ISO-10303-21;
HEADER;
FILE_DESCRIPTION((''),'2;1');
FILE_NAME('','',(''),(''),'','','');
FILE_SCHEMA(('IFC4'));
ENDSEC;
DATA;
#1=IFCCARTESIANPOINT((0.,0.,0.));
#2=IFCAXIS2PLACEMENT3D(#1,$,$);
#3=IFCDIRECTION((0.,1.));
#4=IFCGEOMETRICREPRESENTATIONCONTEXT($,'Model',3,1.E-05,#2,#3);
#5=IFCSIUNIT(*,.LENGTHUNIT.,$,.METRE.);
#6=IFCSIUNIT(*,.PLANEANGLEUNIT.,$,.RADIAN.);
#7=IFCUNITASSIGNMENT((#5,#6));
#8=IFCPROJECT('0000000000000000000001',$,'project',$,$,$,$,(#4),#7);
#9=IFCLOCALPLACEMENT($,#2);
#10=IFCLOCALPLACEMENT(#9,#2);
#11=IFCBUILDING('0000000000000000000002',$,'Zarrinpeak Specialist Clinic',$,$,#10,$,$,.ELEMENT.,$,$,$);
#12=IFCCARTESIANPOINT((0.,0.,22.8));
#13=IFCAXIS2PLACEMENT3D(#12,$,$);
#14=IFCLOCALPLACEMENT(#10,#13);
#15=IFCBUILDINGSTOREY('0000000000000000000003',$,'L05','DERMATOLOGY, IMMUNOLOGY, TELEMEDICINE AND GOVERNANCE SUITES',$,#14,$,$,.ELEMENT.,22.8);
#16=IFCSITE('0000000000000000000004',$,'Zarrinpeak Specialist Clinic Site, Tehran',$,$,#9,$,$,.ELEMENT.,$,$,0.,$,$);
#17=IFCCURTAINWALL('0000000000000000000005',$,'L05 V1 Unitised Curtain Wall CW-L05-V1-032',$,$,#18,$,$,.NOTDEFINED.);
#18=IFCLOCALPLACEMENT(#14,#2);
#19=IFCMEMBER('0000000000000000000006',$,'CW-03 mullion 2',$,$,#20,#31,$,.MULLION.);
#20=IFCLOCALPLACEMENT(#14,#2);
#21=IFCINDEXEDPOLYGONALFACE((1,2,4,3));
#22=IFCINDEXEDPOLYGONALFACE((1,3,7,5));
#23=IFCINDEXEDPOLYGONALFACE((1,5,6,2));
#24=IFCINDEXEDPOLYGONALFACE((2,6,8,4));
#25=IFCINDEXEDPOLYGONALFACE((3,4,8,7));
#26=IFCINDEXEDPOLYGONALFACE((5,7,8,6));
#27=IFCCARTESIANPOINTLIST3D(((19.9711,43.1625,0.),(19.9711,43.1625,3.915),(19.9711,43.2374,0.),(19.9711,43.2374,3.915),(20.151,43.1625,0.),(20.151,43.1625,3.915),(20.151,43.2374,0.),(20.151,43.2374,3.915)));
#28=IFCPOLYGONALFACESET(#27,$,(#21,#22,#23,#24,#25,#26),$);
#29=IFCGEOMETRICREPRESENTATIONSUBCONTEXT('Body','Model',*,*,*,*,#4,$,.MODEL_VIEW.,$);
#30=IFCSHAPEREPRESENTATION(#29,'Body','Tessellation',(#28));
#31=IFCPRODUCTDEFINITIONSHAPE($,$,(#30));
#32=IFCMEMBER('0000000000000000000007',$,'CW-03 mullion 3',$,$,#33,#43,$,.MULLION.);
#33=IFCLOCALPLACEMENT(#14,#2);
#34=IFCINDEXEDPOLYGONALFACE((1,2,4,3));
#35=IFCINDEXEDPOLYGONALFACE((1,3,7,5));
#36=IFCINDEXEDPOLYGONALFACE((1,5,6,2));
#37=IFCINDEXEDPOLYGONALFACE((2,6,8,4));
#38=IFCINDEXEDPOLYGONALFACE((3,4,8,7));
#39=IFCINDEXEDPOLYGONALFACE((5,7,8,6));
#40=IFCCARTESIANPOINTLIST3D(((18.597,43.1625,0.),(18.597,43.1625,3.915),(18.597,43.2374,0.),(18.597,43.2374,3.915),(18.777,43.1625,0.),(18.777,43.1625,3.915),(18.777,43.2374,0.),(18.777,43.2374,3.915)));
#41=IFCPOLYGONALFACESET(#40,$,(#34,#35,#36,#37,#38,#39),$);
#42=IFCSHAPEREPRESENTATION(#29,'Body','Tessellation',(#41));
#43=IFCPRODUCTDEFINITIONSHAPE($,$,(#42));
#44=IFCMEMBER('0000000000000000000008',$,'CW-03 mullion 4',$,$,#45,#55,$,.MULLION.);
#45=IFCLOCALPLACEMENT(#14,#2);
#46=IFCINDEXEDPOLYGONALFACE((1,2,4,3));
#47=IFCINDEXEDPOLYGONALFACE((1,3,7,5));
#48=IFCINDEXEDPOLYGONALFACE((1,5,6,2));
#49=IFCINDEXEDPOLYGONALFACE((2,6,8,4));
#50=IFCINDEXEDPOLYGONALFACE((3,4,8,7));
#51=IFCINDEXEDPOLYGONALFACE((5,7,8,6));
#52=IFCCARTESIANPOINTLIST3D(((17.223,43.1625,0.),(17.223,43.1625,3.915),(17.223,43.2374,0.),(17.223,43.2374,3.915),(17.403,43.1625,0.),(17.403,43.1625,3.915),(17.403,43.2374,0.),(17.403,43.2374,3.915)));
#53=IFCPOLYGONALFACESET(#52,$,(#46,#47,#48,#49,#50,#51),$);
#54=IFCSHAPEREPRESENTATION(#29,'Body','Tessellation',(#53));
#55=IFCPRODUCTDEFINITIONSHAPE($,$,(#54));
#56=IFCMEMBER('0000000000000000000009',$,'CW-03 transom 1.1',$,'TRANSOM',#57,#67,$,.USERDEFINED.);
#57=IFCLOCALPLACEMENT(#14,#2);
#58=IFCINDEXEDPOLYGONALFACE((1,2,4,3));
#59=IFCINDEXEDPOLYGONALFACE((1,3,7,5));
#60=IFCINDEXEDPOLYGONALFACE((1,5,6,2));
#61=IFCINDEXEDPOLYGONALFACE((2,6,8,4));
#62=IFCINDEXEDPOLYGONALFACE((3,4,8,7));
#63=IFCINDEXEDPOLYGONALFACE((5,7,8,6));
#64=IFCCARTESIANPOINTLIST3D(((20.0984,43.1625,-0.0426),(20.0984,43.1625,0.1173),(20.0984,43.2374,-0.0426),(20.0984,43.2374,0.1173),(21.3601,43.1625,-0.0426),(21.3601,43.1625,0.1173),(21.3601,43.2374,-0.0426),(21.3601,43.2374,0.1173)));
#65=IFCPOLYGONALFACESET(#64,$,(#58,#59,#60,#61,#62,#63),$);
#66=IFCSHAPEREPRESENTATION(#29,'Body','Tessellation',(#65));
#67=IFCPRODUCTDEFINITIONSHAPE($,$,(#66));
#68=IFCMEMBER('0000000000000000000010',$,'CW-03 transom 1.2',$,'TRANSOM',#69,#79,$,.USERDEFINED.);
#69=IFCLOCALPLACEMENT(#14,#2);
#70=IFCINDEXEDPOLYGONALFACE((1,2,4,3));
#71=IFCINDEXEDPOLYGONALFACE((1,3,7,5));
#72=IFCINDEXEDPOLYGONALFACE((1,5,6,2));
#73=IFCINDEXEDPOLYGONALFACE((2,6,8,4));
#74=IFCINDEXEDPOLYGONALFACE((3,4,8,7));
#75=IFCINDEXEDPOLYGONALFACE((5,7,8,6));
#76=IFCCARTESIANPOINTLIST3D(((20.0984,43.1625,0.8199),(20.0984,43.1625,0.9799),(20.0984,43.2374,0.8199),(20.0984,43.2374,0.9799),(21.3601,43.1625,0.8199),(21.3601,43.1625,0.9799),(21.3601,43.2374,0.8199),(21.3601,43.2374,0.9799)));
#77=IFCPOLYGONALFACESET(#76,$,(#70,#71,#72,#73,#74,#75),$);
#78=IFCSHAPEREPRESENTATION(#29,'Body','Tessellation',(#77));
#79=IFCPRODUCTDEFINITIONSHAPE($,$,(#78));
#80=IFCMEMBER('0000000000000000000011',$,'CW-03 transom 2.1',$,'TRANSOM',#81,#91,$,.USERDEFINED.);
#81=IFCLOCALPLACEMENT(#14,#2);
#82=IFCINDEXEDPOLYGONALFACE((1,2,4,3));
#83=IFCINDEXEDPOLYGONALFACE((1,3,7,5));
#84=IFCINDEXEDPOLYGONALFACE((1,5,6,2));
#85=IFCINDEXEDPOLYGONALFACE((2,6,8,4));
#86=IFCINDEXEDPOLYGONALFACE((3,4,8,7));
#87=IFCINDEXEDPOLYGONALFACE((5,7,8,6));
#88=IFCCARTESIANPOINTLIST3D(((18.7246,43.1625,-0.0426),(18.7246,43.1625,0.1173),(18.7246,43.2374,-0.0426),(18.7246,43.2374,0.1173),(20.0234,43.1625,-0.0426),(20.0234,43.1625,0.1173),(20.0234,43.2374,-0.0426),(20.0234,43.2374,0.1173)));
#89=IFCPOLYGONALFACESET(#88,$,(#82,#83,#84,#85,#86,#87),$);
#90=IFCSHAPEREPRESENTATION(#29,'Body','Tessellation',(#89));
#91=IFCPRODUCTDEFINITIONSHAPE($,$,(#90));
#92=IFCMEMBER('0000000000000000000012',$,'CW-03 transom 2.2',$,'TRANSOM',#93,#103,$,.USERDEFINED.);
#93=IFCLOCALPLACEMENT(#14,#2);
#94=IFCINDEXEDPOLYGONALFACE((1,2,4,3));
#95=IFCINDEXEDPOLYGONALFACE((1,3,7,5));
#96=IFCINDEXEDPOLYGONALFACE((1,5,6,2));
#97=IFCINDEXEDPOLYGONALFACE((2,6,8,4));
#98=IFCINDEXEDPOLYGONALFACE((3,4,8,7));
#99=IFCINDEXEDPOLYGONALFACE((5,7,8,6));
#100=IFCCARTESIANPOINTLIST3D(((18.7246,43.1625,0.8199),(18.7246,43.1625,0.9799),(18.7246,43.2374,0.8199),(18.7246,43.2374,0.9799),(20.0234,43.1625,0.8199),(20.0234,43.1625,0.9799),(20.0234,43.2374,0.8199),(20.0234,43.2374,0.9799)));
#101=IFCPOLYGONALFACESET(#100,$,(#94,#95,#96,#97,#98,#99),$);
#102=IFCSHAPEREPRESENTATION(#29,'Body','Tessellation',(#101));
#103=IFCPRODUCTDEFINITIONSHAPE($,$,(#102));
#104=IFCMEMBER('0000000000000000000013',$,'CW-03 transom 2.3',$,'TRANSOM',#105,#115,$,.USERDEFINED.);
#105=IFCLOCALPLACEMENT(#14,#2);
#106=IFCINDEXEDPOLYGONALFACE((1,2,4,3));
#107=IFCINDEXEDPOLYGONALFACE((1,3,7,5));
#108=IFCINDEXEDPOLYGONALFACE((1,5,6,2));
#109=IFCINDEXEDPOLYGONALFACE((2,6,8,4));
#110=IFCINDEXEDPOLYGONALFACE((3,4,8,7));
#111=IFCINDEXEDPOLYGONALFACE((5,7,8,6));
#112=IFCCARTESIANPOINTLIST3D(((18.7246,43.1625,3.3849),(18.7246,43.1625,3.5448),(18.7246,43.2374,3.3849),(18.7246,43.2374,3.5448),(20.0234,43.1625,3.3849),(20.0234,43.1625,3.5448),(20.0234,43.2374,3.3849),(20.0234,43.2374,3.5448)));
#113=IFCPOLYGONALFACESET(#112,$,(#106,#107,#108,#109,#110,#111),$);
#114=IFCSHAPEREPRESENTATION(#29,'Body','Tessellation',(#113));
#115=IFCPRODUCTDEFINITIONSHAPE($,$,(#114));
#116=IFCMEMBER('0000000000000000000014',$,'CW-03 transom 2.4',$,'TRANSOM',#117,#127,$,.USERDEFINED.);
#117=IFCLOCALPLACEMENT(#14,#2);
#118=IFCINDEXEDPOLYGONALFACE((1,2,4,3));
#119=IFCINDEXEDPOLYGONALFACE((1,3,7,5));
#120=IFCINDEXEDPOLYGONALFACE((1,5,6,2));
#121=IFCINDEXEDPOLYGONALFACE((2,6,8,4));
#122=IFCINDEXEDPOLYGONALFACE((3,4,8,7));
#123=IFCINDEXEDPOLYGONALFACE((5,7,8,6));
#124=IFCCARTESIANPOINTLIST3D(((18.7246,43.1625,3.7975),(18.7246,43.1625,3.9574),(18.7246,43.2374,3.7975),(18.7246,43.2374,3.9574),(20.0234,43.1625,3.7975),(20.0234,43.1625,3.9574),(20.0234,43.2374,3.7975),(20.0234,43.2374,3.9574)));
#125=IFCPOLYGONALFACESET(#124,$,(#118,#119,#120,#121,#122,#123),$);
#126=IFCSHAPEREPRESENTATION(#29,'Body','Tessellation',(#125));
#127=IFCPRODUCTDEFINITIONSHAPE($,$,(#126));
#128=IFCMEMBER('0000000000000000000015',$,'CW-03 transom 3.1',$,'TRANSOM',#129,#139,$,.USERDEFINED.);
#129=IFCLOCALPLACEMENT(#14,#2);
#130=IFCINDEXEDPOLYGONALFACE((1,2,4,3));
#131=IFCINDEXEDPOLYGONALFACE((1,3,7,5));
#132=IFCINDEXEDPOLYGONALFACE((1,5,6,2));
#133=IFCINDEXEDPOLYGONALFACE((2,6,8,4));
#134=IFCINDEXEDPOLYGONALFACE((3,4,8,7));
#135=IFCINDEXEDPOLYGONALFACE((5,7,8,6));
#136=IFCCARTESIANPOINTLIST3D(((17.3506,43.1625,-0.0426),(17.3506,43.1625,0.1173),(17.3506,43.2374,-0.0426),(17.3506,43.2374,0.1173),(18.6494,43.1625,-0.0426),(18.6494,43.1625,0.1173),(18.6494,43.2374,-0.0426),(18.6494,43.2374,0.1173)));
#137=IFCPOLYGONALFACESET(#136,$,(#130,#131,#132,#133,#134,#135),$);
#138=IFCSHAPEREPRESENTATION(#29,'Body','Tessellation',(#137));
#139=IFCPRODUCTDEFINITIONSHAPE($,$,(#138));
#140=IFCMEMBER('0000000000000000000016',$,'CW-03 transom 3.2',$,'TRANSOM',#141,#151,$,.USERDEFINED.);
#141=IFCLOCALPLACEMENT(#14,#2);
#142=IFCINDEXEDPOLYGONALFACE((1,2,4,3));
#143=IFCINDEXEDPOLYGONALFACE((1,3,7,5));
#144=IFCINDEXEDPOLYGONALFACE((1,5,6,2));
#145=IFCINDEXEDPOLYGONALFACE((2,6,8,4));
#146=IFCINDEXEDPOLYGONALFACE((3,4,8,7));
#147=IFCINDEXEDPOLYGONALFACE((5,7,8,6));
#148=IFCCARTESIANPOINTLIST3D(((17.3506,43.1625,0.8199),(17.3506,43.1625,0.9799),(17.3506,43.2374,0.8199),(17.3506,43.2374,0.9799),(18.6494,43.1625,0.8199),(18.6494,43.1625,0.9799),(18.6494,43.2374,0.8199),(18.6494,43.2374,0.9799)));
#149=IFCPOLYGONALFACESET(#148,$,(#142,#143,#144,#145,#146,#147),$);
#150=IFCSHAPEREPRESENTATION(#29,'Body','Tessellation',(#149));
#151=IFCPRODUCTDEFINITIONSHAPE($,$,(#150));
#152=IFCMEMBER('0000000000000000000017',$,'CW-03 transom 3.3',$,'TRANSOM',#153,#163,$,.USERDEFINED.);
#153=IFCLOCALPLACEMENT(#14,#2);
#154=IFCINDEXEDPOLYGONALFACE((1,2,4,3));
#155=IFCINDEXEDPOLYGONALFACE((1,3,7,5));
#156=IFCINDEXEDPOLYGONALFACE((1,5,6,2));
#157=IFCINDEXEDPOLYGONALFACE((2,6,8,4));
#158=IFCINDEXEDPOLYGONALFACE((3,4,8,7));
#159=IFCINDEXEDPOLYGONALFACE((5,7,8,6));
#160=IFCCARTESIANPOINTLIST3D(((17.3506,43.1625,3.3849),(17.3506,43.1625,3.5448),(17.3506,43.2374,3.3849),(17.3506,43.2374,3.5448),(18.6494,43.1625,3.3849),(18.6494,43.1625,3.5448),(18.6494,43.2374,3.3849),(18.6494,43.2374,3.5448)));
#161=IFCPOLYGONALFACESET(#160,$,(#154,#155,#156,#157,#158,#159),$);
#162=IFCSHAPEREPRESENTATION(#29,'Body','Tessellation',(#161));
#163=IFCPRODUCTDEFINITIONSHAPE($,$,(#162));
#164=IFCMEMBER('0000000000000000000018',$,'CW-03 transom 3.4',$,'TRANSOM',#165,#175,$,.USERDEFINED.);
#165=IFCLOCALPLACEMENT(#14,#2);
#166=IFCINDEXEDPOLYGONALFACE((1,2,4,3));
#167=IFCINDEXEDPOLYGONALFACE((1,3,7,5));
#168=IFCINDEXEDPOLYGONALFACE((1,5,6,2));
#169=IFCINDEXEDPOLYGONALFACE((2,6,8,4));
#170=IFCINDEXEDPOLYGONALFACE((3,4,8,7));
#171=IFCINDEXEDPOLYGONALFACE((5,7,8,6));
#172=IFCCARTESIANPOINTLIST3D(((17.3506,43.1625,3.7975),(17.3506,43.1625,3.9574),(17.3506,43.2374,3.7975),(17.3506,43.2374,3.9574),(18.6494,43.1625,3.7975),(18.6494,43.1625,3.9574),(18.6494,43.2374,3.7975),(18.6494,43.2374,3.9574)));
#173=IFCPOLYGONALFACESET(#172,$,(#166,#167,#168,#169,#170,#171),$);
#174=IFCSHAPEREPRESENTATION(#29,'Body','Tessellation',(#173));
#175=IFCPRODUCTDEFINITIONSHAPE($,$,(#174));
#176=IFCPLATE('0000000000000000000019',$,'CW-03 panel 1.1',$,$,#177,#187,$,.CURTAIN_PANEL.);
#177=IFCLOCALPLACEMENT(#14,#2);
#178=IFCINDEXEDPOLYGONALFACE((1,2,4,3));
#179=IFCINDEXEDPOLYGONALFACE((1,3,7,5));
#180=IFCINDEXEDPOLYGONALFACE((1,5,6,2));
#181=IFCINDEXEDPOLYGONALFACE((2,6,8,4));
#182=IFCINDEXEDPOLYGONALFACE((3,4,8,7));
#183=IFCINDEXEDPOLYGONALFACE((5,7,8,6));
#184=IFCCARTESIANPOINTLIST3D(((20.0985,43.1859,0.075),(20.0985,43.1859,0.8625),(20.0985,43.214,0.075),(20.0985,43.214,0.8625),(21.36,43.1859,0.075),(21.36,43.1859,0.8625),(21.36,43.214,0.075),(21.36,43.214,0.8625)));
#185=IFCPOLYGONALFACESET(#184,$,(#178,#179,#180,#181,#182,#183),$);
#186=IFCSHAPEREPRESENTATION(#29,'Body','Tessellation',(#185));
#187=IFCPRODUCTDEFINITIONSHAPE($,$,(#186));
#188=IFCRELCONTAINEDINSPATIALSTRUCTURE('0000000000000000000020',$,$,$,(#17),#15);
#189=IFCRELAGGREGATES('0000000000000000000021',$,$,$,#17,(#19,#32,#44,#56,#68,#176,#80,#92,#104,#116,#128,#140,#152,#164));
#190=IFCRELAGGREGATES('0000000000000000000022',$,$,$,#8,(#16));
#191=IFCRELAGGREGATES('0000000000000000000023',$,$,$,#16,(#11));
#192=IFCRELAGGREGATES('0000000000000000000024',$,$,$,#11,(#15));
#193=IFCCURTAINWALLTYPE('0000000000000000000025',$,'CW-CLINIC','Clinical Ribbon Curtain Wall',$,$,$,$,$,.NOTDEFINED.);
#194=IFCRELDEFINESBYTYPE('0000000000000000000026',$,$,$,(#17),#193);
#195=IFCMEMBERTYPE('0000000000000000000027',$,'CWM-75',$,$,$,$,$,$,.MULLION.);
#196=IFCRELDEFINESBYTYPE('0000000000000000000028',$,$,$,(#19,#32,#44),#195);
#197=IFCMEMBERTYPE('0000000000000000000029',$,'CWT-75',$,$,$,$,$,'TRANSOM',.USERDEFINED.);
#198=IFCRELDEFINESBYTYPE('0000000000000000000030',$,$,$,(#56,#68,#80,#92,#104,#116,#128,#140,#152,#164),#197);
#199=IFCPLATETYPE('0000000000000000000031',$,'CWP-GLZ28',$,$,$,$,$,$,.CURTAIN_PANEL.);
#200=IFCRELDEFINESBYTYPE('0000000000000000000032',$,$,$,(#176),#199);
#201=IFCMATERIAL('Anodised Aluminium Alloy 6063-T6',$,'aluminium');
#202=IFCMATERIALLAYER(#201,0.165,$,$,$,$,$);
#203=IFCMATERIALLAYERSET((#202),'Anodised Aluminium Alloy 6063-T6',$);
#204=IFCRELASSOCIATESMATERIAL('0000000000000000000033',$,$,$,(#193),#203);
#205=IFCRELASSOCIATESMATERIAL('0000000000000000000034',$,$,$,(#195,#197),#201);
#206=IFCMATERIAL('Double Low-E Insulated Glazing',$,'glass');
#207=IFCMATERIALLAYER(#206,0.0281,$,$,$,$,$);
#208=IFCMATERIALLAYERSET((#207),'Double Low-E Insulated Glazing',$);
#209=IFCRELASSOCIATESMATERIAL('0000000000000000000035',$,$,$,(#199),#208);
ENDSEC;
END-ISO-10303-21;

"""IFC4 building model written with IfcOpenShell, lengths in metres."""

from ifc_helpers import new_model, si_unit, direction, frame, origin, origin_2d, place, context, subcontext, project, spatial, rectangle, extrude, material, layer, layer_set, material_profile, profile_set, type_object, element, aggregate, save


model = new_model("IFC4")

# Units and contexts
model_context = context("Model", 3, precision=1e-05, world=origin(), true_north=direction((0.0, 1.0)))
body_context = subcontext(model_context, "Body", "Model", "MODEL_VIEW")
ifc_project = project(units=[si_unit("LENGTHUNIT", "METRE"), si_unit("PLANEANGLEUNIT", "RADIAN")], contexts=[model_context])

# Site, building, storey
site_placement = place(None, origin())
site = spatial("IfcSite", under=ifc_project, at=site_placement, Name="Zarrinpeak Specialist Clinic Site, Tehran", CompositionType="ELEMENT", RefElevation=0.0)
building_placement = place(site_placement, origin())
building = spatial("IfcBuilding", under=site, at=building_placement, Name="Zarrinpeak Specialist Clinic", CompositionType="ELEMENT")
storey_placement = place(building_placement, frame((0.0, 0.0, 22.8)))
storey = spatial("IfcBuildingStorey", under=building, at=storey_placement, Name="L05", Description="DERMATOLOGY, IMMUNOLOGY, TELEMEDICINE AND GOVERNANCE SUITES", CompositionType="ELEMENT", Elevation=22.8)

# Curtain wall, members, plate
ifc_material_1 = material(Name="Anodised Aluminium Alloy 6063-T6", Category="aluminium")
ifc_layer_1 = layer(ifc_material_1, 0.165)
ifc_layer_set_1 = layer_set([ifc_layer_1], Name="Anodised Aluminium Alloy 6063-T6")
curtain_wall_type = type_object("IfcCurtainWallType", Name="CW-CLINIC", Description="Clinical Ribbon Curtain Wall", PredefinedType="NOTDEFINED", material=ifc_layer_set_1)
curtain_wall_placement = place(storey_placement, origin())
curtain_wall = element("IfcCurtainWall", 1, at=curtain_wall_placement, inside=storey, type_object=curtain_wall_type, Name="L05 V1 Unitised Curtain Wall CW-L05-V1-032", PredefinedType="NOTDEFINED")
ifc_material_profile_1 = material_profile(ifc_material_1, rectangle(XDim=0.075, YDim=0.1799, at=origin_2d()), Name="ALU 75x180")
ifc_profile_set_1 = profile_set([ifc_material_profile_1], Name="Anodised Aluminium Alloy 6063-T6")
member_type_1 = type_object("IfcMemberType", Name="CWM-75", PredefinedType="MULLION", material=ifc_profile_set_1)
member_1_placement = place(storey_placement, frame((20.061, 43.2, 0.0), z_axis=(0.0, 0.0, 1.0), x_axis=(0.0, -1.0, 0.0)))
member_1 = element("IfcMember", 2, at=member_1_placement, type_object=member_type_1, Name="CW-03 mullion 2", PredefinedType="MULLION", context=body_context, shape_type="SweptSolid", body=[
    extrude(rectangle(XDim=0.075, YDim=0.1799, at=origin_2d()), origin(), (0.0, 0.0, 1.0), 3.915),
])
member_2_placement = place(storey_placement, frame((18.687, 43.2, 0.0), z_axis=(0.0, 0.0, 1.0), x_axis=(0.0, -1.0, 0.0)))
member_2 = element("IfcMember", 3, at=member_2_placement, type_object=member_type_1, Name="CW-03 mullion 3", PredefinedType="MULLION", context=body_context, shape_type="SweptSolid", body=[
    extrude(rectangle(XDim=0.075, YDim=0.1799, at=origin_2d()), origin(), (0.0, 0.0, 1.0), 3.915),
])
member_3_placement = place(storey_placement, frame((17.313, 43.2, 0.0), z_axis=(0.0, 0.0, 1.0), x_axis=(0.0, -1.0, 0.0)))
member_3 = element("IfcMember", 4, at=member_3_placement, type_object=member_type_1, Name="CW-03 mullion 4", PredefinedType="MULLION", context=body_context, shape_type="SweptSolid", body=[
    extrude(rectangle(XDim=0.075, YDim=0.1799, at=origin_2d()), origin(), (0.0, 0.0, 1.0), 3.915),
])
ifc_material_profile_2 = material_profile(ifc_material_1, rectangle(XDim=0.075, YDim=0.1599, at=origin_2d()), Name="ALU 75x160")
ifc_profile_set_2 = profile_set([ifc_material_profile_2], Name="Anodised Aluminium Alloy 6063-T6")
member_type_2 = type_object("IfcMemberType", Name="CWT-75", ElementType="TRANSOM", PredefinedType="USERDEFINED", material=ifc_profile_set_2)
member_4_placement = place(storey_placement, frame((21.3601, 43.2, 0.0374), z_axis=(-1.0, 0.0, 0.0), x_axis=(0.0, -1.0, 0.0)))
member_4 = element("IfcMember", 5, at=member_4_placement, type_object=member_type_2, Name="CW-03 transom 1.1", ObjectType="TRANSOM", PredefinedType="USERDEFINED", context=body_context, shape_type="SweptSolid", body=[
    extrude(rectangle(XDim=0.075, YDim=0.1599, at=origin_2d()), origin(), (0.0, 0.0, 1.0), 1.2617),
])
member_5_placement = place(storey_placement, frame((21.3601, 43.2, 0.8999), z_axis=(-1.0, 0.0, 0.0), x_axis=(0.0, -1.0, 0.0)))
member_5 = element("IfcMember", 6, at=member_5_placement, type_object=member_type_2, Name="CW-03 transom 1.2", ObjectType="TRANSOM", PredefinedType="USERDEFINED", context=body_context, shape_type="SweptSolid", body=[
    extrude(rectangle(XDim=0.075, YDim=0.1599, at=origin_2d()), origin(), (0.0, 0.0, 1.0), 1.2617),
])
member_6_placement = place(storey_placement, frame((20.0234, 43.2, 0.0374), z_axis=(-1.0, 0.0, 0.0), x_axis=(0.0, -1.0, 0.0)))
member_6 = element("IfcMember", 7, at=member_6_placement, type_object=member_type_2, Name="CW-03 transom 2.1", ObjectType="TRANSOM", PredefinedType="USERDEFINED", context=body_context, shape_type="SweptSolid", body=[
    extrude(rectangle(XDim=0.075, YDim=0.1599, at=origin_2d()), origin(), (0.0, 0.0, 1.0), 1.2988),
])
member_7_placement = place(storey_placement, frame((20.0234, 43.2, 0.8999), z_axis=(-1.0, 0.0, 0.0), x_axis=(0.0, -1.0, 0.0)))
member_7 = element("IfcMember", 8, at=member_7_placement, type_object=member_type_2, Name="CW-03 transom 2.2", ObjectType="TRANSOM", PredefinedType="USERDEFINED", context=body_context, shape_type="SweptSolid", body=[
    extrude(rectangle(XDim=0.075, YDim=0.1599, at=origin_2d()), origin(), (0.0, 0.0, 1.0), 1.2988),
])
member_8_placement = place(storey_placement, frame((20.0234, 43.2, 3.4648), z_axis=(-1.0, 0.0, 0.0), x_axis=(0.0, -1.0, 0.0)))
member_8 = element("IfcMember", 9, at=member_8_placement, type_object=member_type_2, Name="CW-03 transom 2.3", ObjectType="TRANSOM", PredefinedType="USERDEFINED", context=body_context, shape_type="SweptSolid", body=[
    extrude(rectangle(XDim=0.075, YDim=0.1599, at=origin_2d()), origin(), (0.0, 0.0, 1.0), 1.2988),
])
member_9_placement = place(storey_placement, frame((20.0234, 43.2, 3.8774), z_axis=(-1.0, 0.0, 0.0), x_axis=(0.0, -1.0, 0.0)))
member_9 = element("IfcMember", 10, at=member_9_placement, type_object=member_type_2, Name="CW-03 transom 2.4", ObjectType="TRANSOM", PredefinedType="USERDEFINED", context=body_context, shape_type="SweptSolid", body=[
    extrude(rectangle(XDim=0.075, YDim=0.1599, at=origin_2d()), origin(), (0.0, 0.0, 1.0), 1.2988),
])
member_10_placement = place(storey_placement, frame((18.6494, 43.2, 0.0374), z_axis=(-1.0, 0.0, 0.0), x_axis=(0.0, -1.0, 0.0)))
member_10 = element("IfcMember", 11, at=member_10_placement, type_object=member_type_2, Name="CW-03 transom 3.1", ObjectType="TRANSOM", PredefinedType="USERDEFINED", context=body_context, shape_type="SweptSolid", body=[
    extrude(rectangle(XDim=0.075, YDim=0.1599, at=origin_2d()), origin(), (0.0, 0.0, 1.0), 1.2988),
])
member_11_placement = place(storey_placement, frame((18.6494, 43.2, 0.8999), z_axis=(-1.0, 0.0, 0.0), x_axis=(0.0, -1.0, 0.0)))
member_11 = element("IfcMember", 12, at=member_11_placement, type_object=member_type_2, Name="CW-03 transom 3.2", ObjectType="TRANSOM", PredefinedType="USERDEFINED", context=body_context, shape_type="SweptSolid", body=[
    extrude(rectangle(XDim=0.075, YDim=0.1599, at=origin_2d()), origin(), (0.0, 0.0, 1.0), 1.2988),
])
member_12_placement = place(storey_placement, frame((18.6494, 43.2, 3.4648), z_axis=(-1.0, 0.0, 0.0), x_axis=(0.0, -1.0, 0.0)))
member_12 = element("IfcMember", 13, at=member_12_placement, type_object=member_type_2, Name="CW-03 transom 3.3", ObjectType="TRANSOM", PredefinedType="USERDEFINED", context=body_context, shape_type="SweptSolid", body=[
    extrude(rectangle(XDim=0.075, YDim=0.1599, at=origin_2d()), origin(), (0.0, 0.0, 1.0), 1.2988),
])
member_13_placement = place(storey_placement, frame((18.6494, 43.2, 3.8774), z_axis=(-1.0, 0.0, 0.0), x_axis=(0.0, -1.0, 0.0)))
member_13 = element("IfcMember", 14, at=member_13_placement, type_object=member_type_2, Name="CW-03 transom 3.4", ObjectType="TRANSOM", PredefinedType="USERDEFINED", context=body_context, shape_type="SweptSolid", body=[
    extrude(rectangle(XDim=0.075, YDim=0.1599, at=origin_2d()), origin(), (0.0, 0.0, 1.0), 1.2988),
])
ifc_material_2 = material(Name="Double Low-E Insulated Glazing", Category="glass")
ifc_layer_2 = layer(ifc_material_2, 0.0281)
ifc_layer_set_2 = layer_set([ifc_layer_2], Name="Double Low-E Insulated Glazing")
plate_type = type_object("IfcPlateType", Name="CWP-GLZ28", PredefinedType="CURTAIN_PANEL", material=ifc_layer_set_2)
plate_1_placement = place(storey_placement, frame((20.7292, 43.2, 0.075), z_axis=(0.0, 0.0, 1.0), x_axis=(-1.0, 0.0, 0.0)))
plate_1 = element("IfcPlate", 15, at=plate_1_placement, type_object=plate_type, Name="CW-03 panel 1.1", PredefinedType="CURTAIN_PANEL", context=body_context, shape_type="SweptSolid", body=[
    extrude(rectangle(XDim=1.2615, YDim=0.0281, at=origin_2d()), origin(), (0.0, 0.0, 1.0), 0.7876),
])
aggregate(curtain_wall, [member_1, member_2, member_3, member_4, member_5, plate_1, member_6, member_7, member_8, member_9, member_10, member_11, member_12, member_13])

save(model, "model.ifc")
